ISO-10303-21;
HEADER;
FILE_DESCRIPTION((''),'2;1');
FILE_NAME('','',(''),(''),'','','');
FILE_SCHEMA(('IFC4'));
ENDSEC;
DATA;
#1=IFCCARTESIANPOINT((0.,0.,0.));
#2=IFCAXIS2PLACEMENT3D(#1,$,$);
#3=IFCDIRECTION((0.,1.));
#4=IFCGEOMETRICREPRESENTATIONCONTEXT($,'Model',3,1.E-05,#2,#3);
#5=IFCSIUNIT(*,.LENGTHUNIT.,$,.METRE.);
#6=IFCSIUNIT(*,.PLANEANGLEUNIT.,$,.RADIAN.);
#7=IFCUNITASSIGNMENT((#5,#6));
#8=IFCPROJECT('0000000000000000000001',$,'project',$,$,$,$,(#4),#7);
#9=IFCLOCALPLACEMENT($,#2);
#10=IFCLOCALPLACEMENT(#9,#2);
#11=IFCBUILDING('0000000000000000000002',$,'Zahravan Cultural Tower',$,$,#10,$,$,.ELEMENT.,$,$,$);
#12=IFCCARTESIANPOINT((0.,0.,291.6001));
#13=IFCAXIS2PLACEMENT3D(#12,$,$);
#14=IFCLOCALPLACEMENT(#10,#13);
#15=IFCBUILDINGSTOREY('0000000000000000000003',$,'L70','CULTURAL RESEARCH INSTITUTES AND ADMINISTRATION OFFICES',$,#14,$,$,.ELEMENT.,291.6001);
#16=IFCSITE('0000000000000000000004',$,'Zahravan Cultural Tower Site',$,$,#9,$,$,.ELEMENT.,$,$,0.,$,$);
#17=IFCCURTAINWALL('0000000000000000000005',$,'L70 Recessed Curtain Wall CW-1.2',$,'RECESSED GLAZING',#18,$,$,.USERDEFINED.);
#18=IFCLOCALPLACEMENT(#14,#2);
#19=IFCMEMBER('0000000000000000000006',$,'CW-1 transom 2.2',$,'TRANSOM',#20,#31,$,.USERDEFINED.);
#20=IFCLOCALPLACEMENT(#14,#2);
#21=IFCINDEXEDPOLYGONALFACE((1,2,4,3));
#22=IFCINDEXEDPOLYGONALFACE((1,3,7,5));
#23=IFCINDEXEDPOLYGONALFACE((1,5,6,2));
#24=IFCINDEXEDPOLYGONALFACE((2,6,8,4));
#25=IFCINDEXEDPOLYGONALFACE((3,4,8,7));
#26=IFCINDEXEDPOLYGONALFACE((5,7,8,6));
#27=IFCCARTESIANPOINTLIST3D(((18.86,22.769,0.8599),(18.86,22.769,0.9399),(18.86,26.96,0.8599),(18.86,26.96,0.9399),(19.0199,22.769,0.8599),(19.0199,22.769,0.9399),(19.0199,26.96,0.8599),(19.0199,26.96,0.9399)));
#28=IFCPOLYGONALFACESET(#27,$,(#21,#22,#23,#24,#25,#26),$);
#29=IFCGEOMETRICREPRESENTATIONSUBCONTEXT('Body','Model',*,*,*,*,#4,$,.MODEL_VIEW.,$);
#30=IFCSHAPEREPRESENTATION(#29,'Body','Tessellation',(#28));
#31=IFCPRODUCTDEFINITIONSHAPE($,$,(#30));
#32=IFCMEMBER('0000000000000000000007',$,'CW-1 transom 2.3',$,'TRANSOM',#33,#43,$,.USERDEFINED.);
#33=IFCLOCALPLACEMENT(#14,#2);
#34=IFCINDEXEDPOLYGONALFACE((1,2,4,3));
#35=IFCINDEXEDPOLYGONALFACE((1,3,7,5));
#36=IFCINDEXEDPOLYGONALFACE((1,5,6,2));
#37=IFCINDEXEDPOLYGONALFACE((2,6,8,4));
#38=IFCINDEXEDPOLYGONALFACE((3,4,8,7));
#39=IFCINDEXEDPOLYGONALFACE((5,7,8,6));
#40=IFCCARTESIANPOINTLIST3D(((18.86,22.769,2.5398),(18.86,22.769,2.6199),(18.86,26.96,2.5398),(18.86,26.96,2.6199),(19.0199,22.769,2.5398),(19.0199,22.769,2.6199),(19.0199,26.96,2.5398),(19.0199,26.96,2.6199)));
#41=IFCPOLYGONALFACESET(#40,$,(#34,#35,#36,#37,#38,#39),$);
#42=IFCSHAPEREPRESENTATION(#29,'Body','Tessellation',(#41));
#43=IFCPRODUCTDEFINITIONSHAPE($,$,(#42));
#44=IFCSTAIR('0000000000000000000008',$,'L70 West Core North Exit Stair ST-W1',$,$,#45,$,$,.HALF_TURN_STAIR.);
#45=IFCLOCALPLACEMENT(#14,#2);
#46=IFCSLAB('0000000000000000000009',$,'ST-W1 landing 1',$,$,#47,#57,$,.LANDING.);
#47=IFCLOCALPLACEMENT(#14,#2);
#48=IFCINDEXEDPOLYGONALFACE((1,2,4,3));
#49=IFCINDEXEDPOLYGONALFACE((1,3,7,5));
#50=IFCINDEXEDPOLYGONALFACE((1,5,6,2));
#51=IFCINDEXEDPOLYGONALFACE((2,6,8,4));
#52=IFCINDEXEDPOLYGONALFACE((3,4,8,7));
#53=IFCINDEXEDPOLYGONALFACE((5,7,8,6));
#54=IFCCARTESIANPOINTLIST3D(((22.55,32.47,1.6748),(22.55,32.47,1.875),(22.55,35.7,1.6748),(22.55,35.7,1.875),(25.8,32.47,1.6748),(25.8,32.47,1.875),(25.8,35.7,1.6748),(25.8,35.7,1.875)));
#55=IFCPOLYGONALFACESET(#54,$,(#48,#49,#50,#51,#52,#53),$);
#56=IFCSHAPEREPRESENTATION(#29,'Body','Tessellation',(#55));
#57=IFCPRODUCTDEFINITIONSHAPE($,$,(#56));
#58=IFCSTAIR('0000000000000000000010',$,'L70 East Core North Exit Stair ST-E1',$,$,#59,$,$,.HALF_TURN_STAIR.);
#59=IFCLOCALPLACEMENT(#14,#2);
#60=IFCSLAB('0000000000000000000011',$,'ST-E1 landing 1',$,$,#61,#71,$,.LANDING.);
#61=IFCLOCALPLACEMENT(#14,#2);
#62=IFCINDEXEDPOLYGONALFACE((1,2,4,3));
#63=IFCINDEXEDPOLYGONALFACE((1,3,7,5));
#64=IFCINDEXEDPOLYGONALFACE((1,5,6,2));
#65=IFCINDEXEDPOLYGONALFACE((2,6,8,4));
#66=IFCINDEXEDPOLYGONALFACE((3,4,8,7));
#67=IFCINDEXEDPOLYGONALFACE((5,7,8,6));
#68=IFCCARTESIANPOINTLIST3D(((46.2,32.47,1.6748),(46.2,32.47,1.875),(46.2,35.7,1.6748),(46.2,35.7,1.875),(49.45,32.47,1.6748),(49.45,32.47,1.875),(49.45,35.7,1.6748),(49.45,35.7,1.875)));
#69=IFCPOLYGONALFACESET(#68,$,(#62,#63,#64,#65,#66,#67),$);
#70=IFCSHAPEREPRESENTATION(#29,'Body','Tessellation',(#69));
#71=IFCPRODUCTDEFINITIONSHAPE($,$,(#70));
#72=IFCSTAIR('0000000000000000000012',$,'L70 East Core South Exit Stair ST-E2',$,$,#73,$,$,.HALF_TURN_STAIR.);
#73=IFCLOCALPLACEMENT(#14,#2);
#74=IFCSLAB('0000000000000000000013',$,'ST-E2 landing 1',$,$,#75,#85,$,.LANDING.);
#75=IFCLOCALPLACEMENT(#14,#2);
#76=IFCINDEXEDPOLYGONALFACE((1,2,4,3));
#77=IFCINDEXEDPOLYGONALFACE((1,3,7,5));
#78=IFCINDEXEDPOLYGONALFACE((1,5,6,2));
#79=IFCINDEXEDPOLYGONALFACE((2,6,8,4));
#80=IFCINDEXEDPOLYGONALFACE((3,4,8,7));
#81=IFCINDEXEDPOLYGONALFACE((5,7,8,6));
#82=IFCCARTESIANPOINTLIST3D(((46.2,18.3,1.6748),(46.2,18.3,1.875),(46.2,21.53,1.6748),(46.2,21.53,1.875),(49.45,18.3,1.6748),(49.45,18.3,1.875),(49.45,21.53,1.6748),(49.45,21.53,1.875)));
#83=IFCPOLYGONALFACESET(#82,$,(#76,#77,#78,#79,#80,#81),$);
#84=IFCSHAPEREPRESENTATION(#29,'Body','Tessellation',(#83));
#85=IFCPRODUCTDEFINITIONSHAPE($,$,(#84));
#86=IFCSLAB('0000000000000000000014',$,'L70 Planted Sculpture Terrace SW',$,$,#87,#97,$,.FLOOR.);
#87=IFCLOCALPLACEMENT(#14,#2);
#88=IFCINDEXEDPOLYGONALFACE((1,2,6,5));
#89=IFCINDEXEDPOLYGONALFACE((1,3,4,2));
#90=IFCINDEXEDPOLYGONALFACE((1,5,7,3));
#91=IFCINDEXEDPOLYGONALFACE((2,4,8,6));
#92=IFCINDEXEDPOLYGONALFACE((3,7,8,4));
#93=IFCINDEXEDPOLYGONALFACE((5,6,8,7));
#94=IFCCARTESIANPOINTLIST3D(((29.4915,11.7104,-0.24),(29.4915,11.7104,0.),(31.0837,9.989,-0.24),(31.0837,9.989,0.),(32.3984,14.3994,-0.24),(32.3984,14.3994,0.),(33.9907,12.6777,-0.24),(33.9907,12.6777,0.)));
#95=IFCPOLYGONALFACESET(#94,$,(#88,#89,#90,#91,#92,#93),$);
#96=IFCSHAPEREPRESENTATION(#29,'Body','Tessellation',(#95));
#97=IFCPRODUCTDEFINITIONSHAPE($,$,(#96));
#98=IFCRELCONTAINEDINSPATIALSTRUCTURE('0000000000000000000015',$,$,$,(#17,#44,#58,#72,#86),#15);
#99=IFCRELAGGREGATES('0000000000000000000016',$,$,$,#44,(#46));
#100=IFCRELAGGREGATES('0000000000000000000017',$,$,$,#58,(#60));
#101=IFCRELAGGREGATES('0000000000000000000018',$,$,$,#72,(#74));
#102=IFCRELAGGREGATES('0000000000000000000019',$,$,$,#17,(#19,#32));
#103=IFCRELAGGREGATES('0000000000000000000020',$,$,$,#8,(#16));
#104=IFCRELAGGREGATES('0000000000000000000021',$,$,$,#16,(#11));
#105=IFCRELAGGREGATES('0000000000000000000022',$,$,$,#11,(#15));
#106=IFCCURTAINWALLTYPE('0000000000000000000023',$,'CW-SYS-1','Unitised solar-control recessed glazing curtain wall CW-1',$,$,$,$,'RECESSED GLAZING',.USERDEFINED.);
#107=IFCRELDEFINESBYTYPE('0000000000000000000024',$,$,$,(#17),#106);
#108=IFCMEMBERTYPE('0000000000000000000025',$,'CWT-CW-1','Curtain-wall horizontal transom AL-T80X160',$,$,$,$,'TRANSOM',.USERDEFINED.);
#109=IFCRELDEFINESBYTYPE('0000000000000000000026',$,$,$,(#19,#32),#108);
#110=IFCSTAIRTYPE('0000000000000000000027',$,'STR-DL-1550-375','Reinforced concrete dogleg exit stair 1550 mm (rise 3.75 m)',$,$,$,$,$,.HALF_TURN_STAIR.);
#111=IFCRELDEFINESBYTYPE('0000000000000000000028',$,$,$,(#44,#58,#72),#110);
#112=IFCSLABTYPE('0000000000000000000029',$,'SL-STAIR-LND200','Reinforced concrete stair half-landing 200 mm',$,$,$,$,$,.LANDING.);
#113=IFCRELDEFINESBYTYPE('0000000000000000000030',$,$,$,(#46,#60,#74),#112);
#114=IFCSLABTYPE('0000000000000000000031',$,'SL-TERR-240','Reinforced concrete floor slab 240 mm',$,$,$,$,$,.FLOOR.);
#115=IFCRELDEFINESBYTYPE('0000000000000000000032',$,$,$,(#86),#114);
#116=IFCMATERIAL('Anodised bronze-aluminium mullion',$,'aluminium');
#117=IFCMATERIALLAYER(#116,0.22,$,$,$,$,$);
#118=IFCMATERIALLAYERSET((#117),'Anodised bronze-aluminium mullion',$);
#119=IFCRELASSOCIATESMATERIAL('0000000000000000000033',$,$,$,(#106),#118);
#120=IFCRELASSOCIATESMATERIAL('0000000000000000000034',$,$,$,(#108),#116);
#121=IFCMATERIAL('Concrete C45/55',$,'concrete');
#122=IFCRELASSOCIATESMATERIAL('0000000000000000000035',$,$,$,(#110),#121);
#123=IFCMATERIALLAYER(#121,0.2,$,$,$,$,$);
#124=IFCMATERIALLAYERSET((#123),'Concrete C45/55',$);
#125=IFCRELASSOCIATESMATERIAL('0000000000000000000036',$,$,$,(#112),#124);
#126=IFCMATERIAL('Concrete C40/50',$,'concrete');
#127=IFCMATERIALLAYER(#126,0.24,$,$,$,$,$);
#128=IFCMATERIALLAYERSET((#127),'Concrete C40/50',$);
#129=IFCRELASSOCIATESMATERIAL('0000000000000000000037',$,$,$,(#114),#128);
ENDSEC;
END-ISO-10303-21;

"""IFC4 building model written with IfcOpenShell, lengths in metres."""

from ifc_helpers import new_model, si_unit, direction, frame, origin, origin_2d, place, context, subcontext, project, spatial, polyline, rectangle, outline, extrude, source, transform, mapped, material, layer, layer_set, material_profile, profile_set, type_object, element, aggregate, save


model = new_model("IFC4")

# Units and contexts
model_context = context("Model", 3, precision=1e-05, world=origin(), true_north=direction((0.0, 1.0)))
body_context = subcontext(model_context, "Body", "Model", "MODEL_VIEW")
ifc_project = project(units=[si_unit("LENGTHUNIT", "METRE"), si_unit("PLANEANGLEUNIT", "RADIAN")], contexts=[model_context])

# Site, building, storey
site_placement = place(None, origin())
site = spatial("IfcSite", under=ifc_project, at=site_placement, Name="Zahravan Cultural Tower Site", CompositionType="ELEMENT", RefElevation=0.0)
building_placement = place(site_placement, origin())
building = spatial("IfcBuilding", under=site, at=building_placement, Name="Zahravan Cultural Tower", CompositionType="ELEMENT")
storey_placement = place(building_placement, frame((0.0, 0.0, 291.6001)))
storey = spatial("IfcBuildingStorey", under=building, at=storey_placement, Name="L70", Description="CULTURAL RESEARCH INSTITUTES AND ADMINISTRATION OFFICES", CompositionType="ELEMENT", Elevation=291.6001)

# Curtain wall, members
ifc_material_1 = material(Name="Anodised bronze-aluminium mullion", Category="aluminium")
ifc_layer_1 = layer(ifc_material_1, 0.22)
ifc_layer_set_1 = layer_set([ifc_layer_1], Name="Anodised bronze-aluminium mullion")
curtain_wall_type = type_object("IfcCurtainWallType", Name="CW-SYS-1", Description="Unitised solar-control recessed glazing curtain wall CW-1", ElementType="RECESSED GLAZING", PredefinedType="USERDEFINED", material=ifc_layer_set_1)
curtain_wall_placement = place(storey_placement, origin())
curtain_wall = element("IfcCurtainWall", 1, at=curtain_wall_placement, inside=storey, type_object=curtain_wall_type, Name="L70 Recessed Curtain Wall CW-1.2", ObjectType="RECESSED GLAZING", PredefinedType="USERDEFINED")
ifc_material_profile_1 = material_profile(ifc_material_1, rectangle(XDim=0.1599, YDim=0.0801, at=origin_2d()), Name="AL-T80X160")
ifc_profile_set_1 = profile_set([ifc_material_profile_1], Name="Anodised bronze-aluminium mullion")
member_type_1 = type_object("IfcMemberType", Name="CWT-CW-1", Description="Curtain-wall horizontal transom AL-T80X160", ElementType="TRANSOM", PredefinedType="USERDEFINED", material=ifc_profile_set_1)
shared_shape_1 = source(origin(), body_context, "Body", "SweptSolid", [
    extrude(rectangle(XDim=0.1599, YDim=0.0801, at=origin_2d()), origin(), (0.0, 0.0, 1.0), 4.1909),
])
member_1_placement = place(storey_placement, frame((18.9399, 22.769, 0.8999), z_axis=(0.0, 1.0, 0.0), x_axis=(-1.0, 0.0, 0.0)))
member_1 = element("IfcMember", 2, at=member_1_placement, type_object=member_type_1, Name="CW-1 transom 2.2", ObjectType="TRANSOM", PredefinedType="USERDEFINED", context=body_context, shape_type="MappedRepresentation", body=[
    mapped(shared_shape_1, transform((0.0, 0.0, 0.0), x_axis=(1.0, 0.0, 0.0), y_axis=(0.0, 1.0, 0.0), z_axis=(0.0, 0.0, 1.0), scale=1.0)),
])
member_2_placement = place(storey_placement, frame((18.9399, 22.769, 2.5798), z_axis=(0.0, 1.0, 0.0), x_axis=(-1.0, 0.0, 0.0)))
member_2 = element("IfcMember", 3, at=member_2_placement, type_object=member_type_1, Name="CW-1 transom 2.3", ObjectType="TRANSOM", PredefinedType="USERDEFINED", context=body_context, shape_type="MappedRepresentation", body=[
    mapped(shared_shape_1, transform((0.0, 0.0, 0.0), x_axis=(1.0, 0.0, 0.0), y_axis=(0.0, 1.0, 0.0), z_axis=(0.0, 0.0, 1.0), scale=1.0)),
])

# Stairs, slabs
ifc_material_2 = material(Name="Concrete C45/55", Category="concrete")
stair_type = type_object("IfcStairType", Name="STR-DL-1550-375", Description="Reinforced concrete dogleg exit stair 1550 mm (rise 3.75 m)", PredefinedType="HALF_TURN_STAIR", material=ifc_material_2)
stair_1_placement = place(storey_placement, origin())
stair_1 = element("IfcStair", 4, at=stair_1_placement, inside=storey, type_object=stair_type, Name="L70 West Core North Exit Stair ST-W1", PredefinedType="HALF_TURN_STAIR")
ifc_layer_2 = layer(ifc_material_2, 0.2)
ifc_layer_set_2 = layer_set([ifc_layer_2], Name="Concrete C45/55")
slab_type_1 = type_object("IfcSlabType", Name="SL-STAIR-LND200", Description="Reinforced concrete stair half-landing 200 mm", PredefinedType="LANDING", material=ifc_layer_set_2)
slab_1_placement = place(storey_placement, frame((0.0, 0.0, 1.6748)))
slab_1 = element("IfcSlab", 5, at=slab_1_placement, type_object=slab_type_1, Name="ST-W1 landing 1", PredefinedType="LANDING", context=body_context, shape_type="SweptSolid", body=[
    extrude(outline(polyline([(25.8, 32.47), (25.8, 35.7), (22.55, 35.7), (22.55, 32.47), (25.8, 32.47)])), origin(), (0.0, 0.0, 1.0), 0.2002),
])
aggregate(stair_1, [slab_1])
stair_2_placement = place(storey_placement, origin())
stair_2 = element("IfcStair", 6, at=stair_2_placement, inside=storey, type_object=stair_type, Name="L70 East Core North Exit Stair ST-E1", PredefinedType="HALF_TURN_STAIR")
slab_2_placement = place(storey_placement, frame((0.0, 0.0, 1.6748)))
slab_2 = element("IfcSlab", 7, at=slab_2_placement, type_object=slab_type_1, Name="ST-E1 landing 1", PredefinedType="LANDING", context=body_context, shape_type="SweptSolid", body=[
    extrude(outline(polyline([(49.45, 32.47), (49.45, 35.7), (46.2, 35.7), (46.2, 32.47), (49.45, 32.47)])), origin(), (0.0, 0.0, 1.0), 0.2002),
])
aggregate(stair_2, [slab_2])
stair_3_placement = place(storey_placement, origin())
stair_3 = element("IfcStair", 8, at=stair_3_placement, inside=storey, type_object=stair_type, Name="L70 East Core South Exit Stair ST-E2", PredefinedType="HALF_TURN_STAIR")
slab_3_placement = place(storey_placement, frame((0.0, 0.0, 1.6748)))
slab_3 = element("IfcSlab", 9, at=slab_3_placement, type_object=slab_type_1, Name="ST-E2 landing 1", PredefinedType="LANDING", context=body_context, shape_type="SweptSolid", body=[
    extrude(outline(polyline([(46.2, 21.53), (46.2, 18.3), (49.45, 18.3), (49.45, 21.53), (46.2, 21.53)])), origin(), (0.0, 0.0, 1.0), 0.2002),
])
aggregate(stair_3, [slab_3])

# Slab
ifc_material_3 = material(Name="Concrete C40/50", Category="concrete")
ifc_layer_3 = layer(ifc_material_3, 0.24)
ifc_layer_set_3 = layer_set([ifc_layer_3], Name="Concrete C40/50")
slab_type_2 = type_object("IfcSlabType", Name="SL-TERR-240", Description="Reinforced concrete floor slab 240 mm", PredefinedType="FLOOR", material=ifc_layer_set_3)
slab_4_placement = place(storey_placement, frame((0.0, 0.0, -0.24)))
element("IfcSlab", 10, at=slab_4_placement, inside=storey, type_object=slab_type_2, Name="L70 Planted Sculpture Terrace SW", PredefinedType="FLOOR", context=body_context, shape_type="SweptSolid", body=[
    extrude(outline(polyline([(33.9907, 12.6777), (32.3984, 14.3994), (29.4915, 11.7104), (31.0837, 9.989), (33.9907, 12.6777)])), origin(), (0.0, 0.0, 1.0), 0.24),
])

aggregate(curtain_wall, [member_1, member_2])

save(model, "model.ifc")
